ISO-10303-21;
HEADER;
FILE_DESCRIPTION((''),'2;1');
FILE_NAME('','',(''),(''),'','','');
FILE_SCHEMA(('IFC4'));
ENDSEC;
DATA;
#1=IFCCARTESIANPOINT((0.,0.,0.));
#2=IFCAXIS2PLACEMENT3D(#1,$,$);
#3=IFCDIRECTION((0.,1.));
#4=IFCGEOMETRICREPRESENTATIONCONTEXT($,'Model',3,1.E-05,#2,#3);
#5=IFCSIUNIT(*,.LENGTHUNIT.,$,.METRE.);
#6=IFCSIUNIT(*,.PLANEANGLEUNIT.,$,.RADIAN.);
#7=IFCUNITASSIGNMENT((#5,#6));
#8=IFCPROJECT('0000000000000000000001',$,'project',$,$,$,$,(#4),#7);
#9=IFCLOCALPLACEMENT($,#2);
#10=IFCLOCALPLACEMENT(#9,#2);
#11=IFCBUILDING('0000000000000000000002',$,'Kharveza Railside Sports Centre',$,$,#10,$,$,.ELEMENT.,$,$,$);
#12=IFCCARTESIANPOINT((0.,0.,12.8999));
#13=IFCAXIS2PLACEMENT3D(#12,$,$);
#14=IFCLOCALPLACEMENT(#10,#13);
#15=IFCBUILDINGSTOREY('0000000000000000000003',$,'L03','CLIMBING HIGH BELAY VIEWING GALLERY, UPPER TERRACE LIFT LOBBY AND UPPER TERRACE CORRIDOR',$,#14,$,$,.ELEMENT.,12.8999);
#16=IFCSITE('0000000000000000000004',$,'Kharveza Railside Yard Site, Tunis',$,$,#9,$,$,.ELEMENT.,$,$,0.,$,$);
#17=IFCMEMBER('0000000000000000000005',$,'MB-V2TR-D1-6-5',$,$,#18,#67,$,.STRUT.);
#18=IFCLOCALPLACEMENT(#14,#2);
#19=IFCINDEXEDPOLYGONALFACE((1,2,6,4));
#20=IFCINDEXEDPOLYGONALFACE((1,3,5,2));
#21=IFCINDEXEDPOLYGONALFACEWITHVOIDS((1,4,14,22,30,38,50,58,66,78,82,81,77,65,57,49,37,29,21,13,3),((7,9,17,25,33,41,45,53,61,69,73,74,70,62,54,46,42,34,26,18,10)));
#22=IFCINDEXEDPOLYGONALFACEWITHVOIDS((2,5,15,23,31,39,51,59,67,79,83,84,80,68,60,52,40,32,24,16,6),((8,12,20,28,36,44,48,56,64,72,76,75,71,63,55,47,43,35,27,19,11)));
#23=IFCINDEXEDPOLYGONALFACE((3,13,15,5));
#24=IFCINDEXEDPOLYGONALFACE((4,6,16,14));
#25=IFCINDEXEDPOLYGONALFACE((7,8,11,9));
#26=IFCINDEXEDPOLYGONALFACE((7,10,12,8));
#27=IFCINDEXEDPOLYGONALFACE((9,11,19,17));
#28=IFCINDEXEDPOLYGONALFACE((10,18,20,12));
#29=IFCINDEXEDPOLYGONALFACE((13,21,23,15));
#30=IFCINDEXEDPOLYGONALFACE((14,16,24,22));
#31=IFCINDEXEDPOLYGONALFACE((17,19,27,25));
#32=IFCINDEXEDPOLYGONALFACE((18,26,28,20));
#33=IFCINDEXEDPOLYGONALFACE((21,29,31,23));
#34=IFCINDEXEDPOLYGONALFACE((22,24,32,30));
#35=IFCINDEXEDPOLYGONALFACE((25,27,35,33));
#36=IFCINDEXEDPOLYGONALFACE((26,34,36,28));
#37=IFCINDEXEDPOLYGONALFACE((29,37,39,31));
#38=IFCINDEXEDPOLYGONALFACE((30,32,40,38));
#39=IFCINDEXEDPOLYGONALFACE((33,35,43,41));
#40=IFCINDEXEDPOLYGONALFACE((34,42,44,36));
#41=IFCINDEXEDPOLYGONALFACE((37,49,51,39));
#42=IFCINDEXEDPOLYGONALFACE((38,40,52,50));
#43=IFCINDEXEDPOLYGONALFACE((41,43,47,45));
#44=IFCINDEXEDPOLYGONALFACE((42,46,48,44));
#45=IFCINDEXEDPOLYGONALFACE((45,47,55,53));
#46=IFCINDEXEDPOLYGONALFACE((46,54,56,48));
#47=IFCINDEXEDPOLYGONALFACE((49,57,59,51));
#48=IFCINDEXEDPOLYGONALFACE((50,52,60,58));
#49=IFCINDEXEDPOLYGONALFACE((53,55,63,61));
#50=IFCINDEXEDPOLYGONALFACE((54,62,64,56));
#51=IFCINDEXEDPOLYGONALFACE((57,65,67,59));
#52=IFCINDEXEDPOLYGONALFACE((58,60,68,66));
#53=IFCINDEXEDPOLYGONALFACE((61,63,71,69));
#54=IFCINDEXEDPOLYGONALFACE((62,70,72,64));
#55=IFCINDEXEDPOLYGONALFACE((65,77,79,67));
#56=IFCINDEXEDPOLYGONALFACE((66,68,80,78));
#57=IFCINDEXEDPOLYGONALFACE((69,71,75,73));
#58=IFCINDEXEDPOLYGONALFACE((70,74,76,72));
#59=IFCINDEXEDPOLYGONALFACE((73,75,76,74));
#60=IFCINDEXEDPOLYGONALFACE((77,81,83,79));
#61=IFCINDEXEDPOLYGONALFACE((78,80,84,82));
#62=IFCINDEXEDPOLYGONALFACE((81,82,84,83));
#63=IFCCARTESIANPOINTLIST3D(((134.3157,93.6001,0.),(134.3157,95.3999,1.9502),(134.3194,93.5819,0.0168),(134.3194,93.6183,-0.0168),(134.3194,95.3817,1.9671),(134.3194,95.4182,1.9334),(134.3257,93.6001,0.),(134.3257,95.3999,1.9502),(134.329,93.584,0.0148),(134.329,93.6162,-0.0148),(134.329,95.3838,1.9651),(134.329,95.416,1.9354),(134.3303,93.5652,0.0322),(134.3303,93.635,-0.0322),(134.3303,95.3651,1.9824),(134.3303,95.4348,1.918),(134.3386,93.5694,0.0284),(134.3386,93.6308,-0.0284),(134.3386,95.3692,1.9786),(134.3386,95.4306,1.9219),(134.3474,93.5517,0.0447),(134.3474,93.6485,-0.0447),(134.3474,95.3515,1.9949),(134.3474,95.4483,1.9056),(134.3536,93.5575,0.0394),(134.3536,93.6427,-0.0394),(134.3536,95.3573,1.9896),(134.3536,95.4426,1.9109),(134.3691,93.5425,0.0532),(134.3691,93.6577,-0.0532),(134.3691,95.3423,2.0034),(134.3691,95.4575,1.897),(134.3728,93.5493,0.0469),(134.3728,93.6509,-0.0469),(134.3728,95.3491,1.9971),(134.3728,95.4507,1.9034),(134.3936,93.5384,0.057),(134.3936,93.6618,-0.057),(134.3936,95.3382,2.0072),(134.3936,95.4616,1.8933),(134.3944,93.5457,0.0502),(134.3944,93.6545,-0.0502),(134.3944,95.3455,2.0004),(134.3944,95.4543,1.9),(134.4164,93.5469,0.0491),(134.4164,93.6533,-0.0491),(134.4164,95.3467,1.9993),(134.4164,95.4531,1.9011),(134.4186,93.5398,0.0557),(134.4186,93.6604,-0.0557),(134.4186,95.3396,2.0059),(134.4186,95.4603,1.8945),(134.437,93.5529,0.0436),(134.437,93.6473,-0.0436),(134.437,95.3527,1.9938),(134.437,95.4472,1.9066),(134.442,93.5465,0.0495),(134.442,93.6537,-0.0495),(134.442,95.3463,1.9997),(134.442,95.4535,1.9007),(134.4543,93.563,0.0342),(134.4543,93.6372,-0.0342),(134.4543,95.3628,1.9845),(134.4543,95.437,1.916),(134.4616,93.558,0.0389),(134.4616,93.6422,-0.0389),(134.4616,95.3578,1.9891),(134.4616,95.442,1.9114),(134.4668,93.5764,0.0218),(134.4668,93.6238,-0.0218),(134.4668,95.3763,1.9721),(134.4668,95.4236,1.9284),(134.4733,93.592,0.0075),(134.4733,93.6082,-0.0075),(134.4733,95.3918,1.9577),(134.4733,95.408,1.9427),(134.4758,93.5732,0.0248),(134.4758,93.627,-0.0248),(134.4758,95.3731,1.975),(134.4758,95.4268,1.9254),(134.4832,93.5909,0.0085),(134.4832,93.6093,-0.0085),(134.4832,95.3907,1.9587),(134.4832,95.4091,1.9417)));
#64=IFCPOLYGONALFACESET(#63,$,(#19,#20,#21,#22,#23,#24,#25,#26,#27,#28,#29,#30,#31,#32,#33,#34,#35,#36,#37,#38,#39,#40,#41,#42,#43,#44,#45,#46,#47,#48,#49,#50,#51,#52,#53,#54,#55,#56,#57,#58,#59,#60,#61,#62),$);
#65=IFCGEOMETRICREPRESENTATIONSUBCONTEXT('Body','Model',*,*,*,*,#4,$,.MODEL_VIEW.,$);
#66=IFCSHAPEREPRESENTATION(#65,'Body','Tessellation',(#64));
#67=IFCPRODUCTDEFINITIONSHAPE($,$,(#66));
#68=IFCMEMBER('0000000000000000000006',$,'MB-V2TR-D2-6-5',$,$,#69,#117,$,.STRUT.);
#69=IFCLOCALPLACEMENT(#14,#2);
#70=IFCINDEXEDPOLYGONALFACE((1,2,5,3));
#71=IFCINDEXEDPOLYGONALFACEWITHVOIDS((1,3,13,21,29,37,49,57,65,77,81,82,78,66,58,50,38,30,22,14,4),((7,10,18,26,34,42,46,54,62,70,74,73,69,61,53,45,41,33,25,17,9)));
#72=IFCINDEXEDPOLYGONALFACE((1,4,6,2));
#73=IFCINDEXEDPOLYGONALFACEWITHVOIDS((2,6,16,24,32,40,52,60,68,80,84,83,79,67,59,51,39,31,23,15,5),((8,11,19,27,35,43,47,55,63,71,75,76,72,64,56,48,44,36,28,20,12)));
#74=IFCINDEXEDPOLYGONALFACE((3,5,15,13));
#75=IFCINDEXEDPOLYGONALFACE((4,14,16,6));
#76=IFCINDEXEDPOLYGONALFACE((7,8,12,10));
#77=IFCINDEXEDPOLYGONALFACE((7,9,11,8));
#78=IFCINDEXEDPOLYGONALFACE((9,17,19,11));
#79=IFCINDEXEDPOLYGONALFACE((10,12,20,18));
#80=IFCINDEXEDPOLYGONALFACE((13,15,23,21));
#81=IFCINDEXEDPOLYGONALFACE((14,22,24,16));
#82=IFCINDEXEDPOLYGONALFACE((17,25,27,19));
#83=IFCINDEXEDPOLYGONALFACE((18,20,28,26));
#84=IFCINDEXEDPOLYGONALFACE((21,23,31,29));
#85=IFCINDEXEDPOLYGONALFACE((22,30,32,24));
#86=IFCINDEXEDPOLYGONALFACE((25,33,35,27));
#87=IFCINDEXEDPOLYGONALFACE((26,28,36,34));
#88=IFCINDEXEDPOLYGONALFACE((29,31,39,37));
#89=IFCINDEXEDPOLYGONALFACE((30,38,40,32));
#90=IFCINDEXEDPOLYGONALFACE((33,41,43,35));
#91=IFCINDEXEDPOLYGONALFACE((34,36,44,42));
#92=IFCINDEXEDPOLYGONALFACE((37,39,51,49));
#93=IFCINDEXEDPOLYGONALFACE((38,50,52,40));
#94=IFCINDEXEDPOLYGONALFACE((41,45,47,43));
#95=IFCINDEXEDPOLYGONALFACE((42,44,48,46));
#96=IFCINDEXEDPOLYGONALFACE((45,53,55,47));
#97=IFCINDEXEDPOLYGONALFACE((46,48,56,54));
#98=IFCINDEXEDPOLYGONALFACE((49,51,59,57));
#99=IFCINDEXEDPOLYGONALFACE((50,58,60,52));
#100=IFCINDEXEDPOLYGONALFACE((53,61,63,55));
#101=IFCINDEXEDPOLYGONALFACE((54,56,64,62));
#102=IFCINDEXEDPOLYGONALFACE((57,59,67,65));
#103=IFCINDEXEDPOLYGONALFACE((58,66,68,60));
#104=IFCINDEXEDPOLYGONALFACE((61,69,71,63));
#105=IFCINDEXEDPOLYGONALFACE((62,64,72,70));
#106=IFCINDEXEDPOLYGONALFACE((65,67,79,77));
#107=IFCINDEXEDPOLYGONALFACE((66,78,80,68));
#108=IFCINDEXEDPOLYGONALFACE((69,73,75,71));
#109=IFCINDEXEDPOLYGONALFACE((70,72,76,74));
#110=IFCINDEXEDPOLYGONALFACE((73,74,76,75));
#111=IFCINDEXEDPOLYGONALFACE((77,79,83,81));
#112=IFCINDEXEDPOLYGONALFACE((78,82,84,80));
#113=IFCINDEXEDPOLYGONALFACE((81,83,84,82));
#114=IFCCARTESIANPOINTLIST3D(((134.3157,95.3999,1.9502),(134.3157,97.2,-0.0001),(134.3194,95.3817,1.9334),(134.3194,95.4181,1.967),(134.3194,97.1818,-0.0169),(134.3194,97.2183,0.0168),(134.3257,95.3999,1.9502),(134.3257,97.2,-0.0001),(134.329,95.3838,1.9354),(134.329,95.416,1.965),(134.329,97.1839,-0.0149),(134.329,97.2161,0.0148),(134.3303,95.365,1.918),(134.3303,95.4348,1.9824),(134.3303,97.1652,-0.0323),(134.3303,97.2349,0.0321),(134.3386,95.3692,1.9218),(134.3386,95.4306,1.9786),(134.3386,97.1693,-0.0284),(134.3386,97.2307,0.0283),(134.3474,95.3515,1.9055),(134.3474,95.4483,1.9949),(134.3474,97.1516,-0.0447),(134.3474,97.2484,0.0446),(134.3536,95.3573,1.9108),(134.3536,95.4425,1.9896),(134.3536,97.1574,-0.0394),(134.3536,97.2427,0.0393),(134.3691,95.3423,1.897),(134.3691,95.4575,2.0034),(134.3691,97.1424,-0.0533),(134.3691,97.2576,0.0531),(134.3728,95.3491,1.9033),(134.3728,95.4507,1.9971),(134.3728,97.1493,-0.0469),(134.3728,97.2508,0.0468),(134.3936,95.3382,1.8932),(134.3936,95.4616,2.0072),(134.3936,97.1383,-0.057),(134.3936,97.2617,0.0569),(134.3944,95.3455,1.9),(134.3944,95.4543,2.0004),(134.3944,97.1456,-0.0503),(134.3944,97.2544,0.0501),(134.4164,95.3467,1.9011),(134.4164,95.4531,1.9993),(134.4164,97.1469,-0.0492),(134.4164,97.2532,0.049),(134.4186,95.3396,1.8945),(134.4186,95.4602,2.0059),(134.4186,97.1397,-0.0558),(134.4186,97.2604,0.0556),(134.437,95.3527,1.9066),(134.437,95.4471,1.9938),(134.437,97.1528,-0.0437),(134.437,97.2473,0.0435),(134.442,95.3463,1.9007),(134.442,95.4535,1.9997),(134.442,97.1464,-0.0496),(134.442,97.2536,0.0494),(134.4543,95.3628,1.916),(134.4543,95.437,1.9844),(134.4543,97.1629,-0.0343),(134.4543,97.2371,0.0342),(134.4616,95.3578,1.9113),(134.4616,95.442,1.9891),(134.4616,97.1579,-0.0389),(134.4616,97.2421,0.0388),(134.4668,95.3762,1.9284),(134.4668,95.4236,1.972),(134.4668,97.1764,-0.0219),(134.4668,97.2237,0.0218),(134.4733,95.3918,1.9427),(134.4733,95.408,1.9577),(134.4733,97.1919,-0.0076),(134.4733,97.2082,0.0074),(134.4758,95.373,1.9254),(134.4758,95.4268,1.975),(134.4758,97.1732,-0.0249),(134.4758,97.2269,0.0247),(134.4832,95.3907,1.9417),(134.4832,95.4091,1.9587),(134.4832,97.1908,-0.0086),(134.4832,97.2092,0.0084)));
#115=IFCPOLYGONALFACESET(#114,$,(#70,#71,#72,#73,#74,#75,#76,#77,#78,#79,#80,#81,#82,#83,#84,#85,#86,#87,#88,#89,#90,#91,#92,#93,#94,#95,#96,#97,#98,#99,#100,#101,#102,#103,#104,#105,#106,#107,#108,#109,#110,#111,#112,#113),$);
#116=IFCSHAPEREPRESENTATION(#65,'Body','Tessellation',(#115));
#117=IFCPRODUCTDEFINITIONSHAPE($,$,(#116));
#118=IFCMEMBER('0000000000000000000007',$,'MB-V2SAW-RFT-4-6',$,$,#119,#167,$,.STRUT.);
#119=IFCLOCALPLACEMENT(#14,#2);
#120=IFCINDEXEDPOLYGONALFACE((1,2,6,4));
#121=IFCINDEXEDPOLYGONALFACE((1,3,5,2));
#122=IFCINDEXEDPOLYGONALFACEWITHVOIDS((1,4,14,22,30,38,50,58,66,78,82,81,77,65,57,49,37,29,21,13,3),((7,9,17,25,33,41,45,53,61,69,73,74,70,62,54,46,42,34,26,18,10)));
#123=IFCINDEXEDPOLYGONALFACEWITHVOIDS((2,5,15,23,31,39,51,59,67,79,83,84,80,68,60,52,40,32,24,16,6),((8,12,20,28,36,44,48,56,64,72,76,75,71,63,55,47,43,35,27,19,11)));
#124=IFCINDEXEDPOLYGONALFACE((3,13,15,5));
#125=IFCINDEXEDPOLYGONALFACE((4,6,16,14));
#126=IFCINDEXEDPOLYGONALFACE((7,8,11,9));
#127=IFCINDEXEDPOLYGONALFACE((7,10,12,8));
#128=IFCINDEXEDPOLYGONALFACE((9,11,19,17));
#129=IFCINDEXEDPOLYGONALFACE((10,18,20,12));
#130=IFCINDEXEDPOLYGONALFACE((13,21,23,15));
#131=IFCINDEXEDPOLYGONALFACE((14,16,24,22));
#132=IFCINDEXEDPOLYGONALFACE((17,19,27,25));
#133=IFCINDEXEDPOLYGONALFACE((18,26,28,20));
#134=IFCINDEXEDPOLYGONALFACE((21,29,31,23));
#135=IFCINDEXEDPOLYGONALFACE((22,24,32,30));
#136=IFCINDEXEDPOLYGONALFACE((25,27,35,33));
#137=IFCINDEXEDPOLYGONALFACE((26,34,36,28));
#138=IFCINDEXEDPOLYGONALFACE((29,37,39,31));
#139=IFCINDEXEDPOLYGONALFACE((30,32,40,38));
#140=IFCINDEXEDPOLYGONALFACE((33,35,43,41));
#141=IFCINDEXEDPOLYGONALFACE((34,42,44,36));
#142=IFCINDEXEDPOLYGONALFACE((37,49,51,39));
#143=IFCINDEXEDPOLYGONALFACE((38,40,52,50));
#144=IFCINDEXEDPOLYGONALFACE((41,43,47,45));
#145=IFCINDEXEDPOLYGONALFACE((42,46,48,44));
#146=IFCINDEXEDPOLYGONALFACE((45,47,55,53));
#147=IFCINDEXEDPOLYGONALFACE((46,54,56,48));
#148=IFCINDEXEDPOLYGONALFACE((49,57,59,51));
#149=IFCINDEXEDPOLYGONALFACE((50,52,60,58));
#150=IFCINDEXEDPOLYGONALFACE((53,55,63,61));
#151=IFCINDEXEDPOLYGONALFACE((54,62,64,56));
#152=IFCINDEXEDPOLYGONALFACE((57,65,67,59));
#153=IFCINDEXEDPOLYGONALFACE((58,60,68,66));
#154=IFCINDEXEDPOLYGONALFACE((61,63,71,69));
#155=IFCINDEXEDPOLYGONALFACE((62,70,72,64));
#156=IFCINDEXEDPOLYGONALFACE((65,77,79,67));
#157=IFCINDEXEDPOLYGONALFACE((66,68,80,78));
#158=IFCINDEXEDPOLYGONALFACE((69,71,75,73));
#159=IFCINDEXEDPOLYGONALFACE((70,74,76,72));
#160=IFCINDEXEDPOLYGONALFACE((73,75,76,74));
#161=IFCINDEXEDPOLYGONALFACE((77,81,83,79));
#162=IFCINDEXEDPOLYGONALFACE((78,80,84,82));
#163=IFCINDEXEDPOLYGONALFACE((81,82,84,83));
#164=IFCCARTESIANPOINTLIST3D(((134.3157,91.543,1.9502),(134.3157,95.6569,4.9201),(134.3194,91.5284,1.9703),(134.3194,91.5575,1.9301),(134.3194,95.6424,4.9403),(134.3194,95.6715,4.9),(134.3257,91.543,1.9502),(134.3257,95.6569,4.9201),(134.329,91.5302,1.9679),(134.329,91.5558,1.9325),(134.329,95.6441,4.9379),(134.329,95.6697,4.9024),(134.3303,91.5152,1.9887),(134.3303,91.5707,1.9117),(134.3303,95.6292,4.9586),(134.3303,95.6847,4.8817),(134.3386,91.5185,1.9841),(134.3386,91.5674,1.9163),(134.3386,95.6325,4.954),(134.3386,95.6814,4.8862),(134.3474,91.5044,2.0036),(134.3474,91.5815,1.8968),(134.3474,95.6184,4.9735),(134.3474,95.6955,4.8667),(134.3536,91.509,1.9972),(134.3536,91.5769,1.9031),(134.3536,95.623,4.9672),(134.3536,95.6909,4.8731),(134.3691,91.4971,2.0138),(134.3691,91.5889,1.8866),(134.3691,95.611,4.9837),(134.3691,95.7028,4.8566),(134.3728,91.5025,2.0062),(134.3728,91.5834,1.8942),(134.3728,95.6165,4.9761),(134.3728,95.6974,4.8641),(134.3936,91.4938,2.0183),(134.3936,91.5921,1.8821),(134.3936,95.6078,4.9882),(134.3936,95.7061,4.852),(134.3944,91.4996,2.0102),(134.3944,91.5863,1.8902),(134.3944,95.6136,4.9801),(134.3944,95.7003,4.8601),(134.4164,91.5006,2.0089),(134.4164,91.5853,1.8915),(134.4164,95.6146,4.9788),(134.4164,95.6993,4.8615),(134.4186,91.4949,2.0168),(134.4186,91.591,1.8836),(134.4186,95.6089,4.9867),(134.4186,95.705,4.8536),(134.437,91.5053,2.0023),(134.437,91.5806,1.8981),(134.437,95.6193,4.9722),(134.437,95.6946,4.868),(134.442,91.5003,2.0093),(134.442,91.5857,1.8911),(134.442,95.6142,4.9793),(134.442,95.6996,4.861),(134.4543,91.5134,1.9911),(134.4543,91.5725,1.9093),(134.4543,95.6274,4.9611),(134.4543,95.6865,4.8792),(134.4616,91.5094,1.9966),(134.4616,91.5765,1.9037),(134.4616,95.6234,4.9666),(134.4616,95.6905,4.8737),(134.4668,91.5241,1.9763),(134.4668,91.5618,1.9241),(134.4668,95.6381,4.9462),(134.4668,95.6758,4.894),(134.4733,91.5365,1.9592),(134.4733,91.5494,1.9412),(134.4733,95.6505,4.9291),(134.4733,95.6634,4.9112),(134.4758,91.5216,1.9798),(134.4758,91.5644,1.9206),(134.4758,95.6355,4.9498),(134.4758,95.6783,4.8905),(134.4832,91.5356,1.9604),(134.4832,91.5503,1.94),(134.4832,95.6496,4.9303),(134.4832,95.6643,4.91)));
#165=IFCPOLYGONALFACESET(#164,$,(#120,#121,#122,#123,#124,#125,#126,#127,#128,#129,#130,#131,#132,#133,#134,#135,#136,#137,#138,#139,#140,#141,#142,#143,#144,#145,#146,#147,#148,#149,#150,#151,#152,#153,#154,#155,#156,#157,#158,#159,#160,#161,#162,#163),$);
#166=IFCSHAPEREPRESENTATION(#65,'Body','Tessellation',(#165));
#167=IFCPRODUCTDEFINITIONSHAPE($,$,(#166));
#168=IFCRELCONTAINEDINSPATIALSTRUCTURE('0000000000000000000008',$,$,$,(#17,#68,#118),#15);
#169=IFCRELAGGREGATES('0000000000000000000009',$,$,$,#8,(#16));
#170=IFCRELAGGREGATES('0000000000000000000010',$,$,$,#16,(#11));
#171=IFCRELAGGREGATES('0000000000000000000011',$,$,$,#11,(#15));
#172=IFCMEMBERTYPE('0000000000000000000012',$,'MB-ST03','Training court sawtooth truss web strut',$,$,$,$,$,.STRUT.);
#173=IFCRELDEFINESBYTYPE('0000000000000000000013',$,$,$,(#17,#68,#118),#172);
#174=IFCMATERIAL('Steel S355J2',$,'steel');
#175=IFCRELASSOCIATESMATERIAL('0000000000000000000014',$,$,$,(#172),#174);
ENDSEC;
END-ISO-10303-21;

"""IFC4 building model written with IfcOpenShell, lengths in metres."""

from ifc_helpers import new_model, si_unit, direction, frame, origin, origin_2d, place, context, subcontext, project, spatial, hollow_circle, extrude, material, material_profile, profile_set, type_object, element, save


model = new_model("IFC4")

# Units and contexts
model_context = context("Model", 3, precision=1e-05, world=origin(), true_north=direction((0.0, 1.0)))
body_context = subcontext(model_context, "Body", "Model", "MODEL_VIEW")
ifc_project = project(units=[si_unit("LENGTHUNIT", "METRE"), si_unit("PLANEANGLEUNIT", "RADIAN")], contexts=[model_context])

# Site, building, storey
site_placement = place(None, origin())
site = spatial("IfcSite", under=ifc_project, at=site_placement, Name="Kharveza Railside Yard Site, Tunis", CompositionType="ELEMENT", RefElevation=0.0)
building_placement = place(site_placement, origin())
building = spatial("IfcBuilding", under=site, at=building_placement, Name="Kharveza Railside Sports Centre", CompositionType="ELEMENT")
storey_placement = place(building_placement, frame((0.0, 0.0, 12.8999)))
storey = spatial("IfcBuildingStorey", under=building, at=storey_placement, Name="L03", Description="CLIMBING HIGH BELAY VIEWING GALLERY, UPPER TERRACE LIFT LOBBY AND UPPER TERRACE CORRIDOR", CompositionType="ELEMENT", Elevation=12.8999)

# Shared definitions
ifc_material_1 = material(Name="Steel S355J2", Category="steel")

# Members
ifc_material_profile_1 = material_profile(ifc_material_1, hollow_circle(Radius=0.0842, WallThickness=0.01, at=origin_2d()), Name="CHS 168.3x10.0")
ifc_profile_set_1 = profile_set([ifc_material_profile_1], Name="Steel S355J2")
member_type_1 = type_object("IfcMemberType", Name="MB-ST03", Description="Training court sawtooth truss web strut", PredefinedType="STRUT", material=ifc_profile_set_1)
member_1_placement = place(storey_placement, frame((134.3999, 93.6001, 0.0), z_axis=(0.0, 0.678204, 0.734874), x_axis=(-1.0, 0.0, 0.0)))
element("IfcMember", 1, at=member_1_placement, inside=storey, type_object=member_type_1, Name="MB-V2TR-D1-6-5", PredefinedType="STRUT", context=body_context, shape_type="SweptSolid", body=[
    extrude(hollow_circle(Radius=0.0842, WallThickness=0.01, at=origin_2d()), origin(), (0.0, 0.0, 1.0), 2.6538),
])
member_2_placement = place(storey_placement, frame((134.3999, 95.3999, 1.9502), z_axis=(0.0, 0.678253, -0.734828), x_axis=(-1.0, 0.0, 0.0)))
element("IfcMember", 2, at=member_2_placement, inside=storey, type_object=member_type_1, Name="MB-V2TR-D2-6-5", PredefinedType="STRUT", context=body_context, shape_type="SweptSolid", body=[
    extrude(hollow_circle(Radius=0.0842, WallThickness=0.01, at=origin_2d()), origin(), (0.0, 0.0, 1.0), 2.6541),
])
member_3_placement = place(storey_placement, frame((134.3999, 91.543, 1.9502), z_axis=(0.0, 0.810797, 0.585327), x_axis=(-1.0, 0.0, 0.0)))
element("IfcMember", 3, at=member_3_placement, inside=storey, type_object=member_type_1, Name="MB-V2SAW-RFT-4-6", PredefinedType="STRUT", context=body_context, shape_type="SweptSolid", body=[
    extrude(hollow_circle(Radius=0.0842, WallThickness=0.01, at=origin_2d()), origin(), (0.0, 0.0, 1.0), 5.074),
])

save(model, "model.ifc")
